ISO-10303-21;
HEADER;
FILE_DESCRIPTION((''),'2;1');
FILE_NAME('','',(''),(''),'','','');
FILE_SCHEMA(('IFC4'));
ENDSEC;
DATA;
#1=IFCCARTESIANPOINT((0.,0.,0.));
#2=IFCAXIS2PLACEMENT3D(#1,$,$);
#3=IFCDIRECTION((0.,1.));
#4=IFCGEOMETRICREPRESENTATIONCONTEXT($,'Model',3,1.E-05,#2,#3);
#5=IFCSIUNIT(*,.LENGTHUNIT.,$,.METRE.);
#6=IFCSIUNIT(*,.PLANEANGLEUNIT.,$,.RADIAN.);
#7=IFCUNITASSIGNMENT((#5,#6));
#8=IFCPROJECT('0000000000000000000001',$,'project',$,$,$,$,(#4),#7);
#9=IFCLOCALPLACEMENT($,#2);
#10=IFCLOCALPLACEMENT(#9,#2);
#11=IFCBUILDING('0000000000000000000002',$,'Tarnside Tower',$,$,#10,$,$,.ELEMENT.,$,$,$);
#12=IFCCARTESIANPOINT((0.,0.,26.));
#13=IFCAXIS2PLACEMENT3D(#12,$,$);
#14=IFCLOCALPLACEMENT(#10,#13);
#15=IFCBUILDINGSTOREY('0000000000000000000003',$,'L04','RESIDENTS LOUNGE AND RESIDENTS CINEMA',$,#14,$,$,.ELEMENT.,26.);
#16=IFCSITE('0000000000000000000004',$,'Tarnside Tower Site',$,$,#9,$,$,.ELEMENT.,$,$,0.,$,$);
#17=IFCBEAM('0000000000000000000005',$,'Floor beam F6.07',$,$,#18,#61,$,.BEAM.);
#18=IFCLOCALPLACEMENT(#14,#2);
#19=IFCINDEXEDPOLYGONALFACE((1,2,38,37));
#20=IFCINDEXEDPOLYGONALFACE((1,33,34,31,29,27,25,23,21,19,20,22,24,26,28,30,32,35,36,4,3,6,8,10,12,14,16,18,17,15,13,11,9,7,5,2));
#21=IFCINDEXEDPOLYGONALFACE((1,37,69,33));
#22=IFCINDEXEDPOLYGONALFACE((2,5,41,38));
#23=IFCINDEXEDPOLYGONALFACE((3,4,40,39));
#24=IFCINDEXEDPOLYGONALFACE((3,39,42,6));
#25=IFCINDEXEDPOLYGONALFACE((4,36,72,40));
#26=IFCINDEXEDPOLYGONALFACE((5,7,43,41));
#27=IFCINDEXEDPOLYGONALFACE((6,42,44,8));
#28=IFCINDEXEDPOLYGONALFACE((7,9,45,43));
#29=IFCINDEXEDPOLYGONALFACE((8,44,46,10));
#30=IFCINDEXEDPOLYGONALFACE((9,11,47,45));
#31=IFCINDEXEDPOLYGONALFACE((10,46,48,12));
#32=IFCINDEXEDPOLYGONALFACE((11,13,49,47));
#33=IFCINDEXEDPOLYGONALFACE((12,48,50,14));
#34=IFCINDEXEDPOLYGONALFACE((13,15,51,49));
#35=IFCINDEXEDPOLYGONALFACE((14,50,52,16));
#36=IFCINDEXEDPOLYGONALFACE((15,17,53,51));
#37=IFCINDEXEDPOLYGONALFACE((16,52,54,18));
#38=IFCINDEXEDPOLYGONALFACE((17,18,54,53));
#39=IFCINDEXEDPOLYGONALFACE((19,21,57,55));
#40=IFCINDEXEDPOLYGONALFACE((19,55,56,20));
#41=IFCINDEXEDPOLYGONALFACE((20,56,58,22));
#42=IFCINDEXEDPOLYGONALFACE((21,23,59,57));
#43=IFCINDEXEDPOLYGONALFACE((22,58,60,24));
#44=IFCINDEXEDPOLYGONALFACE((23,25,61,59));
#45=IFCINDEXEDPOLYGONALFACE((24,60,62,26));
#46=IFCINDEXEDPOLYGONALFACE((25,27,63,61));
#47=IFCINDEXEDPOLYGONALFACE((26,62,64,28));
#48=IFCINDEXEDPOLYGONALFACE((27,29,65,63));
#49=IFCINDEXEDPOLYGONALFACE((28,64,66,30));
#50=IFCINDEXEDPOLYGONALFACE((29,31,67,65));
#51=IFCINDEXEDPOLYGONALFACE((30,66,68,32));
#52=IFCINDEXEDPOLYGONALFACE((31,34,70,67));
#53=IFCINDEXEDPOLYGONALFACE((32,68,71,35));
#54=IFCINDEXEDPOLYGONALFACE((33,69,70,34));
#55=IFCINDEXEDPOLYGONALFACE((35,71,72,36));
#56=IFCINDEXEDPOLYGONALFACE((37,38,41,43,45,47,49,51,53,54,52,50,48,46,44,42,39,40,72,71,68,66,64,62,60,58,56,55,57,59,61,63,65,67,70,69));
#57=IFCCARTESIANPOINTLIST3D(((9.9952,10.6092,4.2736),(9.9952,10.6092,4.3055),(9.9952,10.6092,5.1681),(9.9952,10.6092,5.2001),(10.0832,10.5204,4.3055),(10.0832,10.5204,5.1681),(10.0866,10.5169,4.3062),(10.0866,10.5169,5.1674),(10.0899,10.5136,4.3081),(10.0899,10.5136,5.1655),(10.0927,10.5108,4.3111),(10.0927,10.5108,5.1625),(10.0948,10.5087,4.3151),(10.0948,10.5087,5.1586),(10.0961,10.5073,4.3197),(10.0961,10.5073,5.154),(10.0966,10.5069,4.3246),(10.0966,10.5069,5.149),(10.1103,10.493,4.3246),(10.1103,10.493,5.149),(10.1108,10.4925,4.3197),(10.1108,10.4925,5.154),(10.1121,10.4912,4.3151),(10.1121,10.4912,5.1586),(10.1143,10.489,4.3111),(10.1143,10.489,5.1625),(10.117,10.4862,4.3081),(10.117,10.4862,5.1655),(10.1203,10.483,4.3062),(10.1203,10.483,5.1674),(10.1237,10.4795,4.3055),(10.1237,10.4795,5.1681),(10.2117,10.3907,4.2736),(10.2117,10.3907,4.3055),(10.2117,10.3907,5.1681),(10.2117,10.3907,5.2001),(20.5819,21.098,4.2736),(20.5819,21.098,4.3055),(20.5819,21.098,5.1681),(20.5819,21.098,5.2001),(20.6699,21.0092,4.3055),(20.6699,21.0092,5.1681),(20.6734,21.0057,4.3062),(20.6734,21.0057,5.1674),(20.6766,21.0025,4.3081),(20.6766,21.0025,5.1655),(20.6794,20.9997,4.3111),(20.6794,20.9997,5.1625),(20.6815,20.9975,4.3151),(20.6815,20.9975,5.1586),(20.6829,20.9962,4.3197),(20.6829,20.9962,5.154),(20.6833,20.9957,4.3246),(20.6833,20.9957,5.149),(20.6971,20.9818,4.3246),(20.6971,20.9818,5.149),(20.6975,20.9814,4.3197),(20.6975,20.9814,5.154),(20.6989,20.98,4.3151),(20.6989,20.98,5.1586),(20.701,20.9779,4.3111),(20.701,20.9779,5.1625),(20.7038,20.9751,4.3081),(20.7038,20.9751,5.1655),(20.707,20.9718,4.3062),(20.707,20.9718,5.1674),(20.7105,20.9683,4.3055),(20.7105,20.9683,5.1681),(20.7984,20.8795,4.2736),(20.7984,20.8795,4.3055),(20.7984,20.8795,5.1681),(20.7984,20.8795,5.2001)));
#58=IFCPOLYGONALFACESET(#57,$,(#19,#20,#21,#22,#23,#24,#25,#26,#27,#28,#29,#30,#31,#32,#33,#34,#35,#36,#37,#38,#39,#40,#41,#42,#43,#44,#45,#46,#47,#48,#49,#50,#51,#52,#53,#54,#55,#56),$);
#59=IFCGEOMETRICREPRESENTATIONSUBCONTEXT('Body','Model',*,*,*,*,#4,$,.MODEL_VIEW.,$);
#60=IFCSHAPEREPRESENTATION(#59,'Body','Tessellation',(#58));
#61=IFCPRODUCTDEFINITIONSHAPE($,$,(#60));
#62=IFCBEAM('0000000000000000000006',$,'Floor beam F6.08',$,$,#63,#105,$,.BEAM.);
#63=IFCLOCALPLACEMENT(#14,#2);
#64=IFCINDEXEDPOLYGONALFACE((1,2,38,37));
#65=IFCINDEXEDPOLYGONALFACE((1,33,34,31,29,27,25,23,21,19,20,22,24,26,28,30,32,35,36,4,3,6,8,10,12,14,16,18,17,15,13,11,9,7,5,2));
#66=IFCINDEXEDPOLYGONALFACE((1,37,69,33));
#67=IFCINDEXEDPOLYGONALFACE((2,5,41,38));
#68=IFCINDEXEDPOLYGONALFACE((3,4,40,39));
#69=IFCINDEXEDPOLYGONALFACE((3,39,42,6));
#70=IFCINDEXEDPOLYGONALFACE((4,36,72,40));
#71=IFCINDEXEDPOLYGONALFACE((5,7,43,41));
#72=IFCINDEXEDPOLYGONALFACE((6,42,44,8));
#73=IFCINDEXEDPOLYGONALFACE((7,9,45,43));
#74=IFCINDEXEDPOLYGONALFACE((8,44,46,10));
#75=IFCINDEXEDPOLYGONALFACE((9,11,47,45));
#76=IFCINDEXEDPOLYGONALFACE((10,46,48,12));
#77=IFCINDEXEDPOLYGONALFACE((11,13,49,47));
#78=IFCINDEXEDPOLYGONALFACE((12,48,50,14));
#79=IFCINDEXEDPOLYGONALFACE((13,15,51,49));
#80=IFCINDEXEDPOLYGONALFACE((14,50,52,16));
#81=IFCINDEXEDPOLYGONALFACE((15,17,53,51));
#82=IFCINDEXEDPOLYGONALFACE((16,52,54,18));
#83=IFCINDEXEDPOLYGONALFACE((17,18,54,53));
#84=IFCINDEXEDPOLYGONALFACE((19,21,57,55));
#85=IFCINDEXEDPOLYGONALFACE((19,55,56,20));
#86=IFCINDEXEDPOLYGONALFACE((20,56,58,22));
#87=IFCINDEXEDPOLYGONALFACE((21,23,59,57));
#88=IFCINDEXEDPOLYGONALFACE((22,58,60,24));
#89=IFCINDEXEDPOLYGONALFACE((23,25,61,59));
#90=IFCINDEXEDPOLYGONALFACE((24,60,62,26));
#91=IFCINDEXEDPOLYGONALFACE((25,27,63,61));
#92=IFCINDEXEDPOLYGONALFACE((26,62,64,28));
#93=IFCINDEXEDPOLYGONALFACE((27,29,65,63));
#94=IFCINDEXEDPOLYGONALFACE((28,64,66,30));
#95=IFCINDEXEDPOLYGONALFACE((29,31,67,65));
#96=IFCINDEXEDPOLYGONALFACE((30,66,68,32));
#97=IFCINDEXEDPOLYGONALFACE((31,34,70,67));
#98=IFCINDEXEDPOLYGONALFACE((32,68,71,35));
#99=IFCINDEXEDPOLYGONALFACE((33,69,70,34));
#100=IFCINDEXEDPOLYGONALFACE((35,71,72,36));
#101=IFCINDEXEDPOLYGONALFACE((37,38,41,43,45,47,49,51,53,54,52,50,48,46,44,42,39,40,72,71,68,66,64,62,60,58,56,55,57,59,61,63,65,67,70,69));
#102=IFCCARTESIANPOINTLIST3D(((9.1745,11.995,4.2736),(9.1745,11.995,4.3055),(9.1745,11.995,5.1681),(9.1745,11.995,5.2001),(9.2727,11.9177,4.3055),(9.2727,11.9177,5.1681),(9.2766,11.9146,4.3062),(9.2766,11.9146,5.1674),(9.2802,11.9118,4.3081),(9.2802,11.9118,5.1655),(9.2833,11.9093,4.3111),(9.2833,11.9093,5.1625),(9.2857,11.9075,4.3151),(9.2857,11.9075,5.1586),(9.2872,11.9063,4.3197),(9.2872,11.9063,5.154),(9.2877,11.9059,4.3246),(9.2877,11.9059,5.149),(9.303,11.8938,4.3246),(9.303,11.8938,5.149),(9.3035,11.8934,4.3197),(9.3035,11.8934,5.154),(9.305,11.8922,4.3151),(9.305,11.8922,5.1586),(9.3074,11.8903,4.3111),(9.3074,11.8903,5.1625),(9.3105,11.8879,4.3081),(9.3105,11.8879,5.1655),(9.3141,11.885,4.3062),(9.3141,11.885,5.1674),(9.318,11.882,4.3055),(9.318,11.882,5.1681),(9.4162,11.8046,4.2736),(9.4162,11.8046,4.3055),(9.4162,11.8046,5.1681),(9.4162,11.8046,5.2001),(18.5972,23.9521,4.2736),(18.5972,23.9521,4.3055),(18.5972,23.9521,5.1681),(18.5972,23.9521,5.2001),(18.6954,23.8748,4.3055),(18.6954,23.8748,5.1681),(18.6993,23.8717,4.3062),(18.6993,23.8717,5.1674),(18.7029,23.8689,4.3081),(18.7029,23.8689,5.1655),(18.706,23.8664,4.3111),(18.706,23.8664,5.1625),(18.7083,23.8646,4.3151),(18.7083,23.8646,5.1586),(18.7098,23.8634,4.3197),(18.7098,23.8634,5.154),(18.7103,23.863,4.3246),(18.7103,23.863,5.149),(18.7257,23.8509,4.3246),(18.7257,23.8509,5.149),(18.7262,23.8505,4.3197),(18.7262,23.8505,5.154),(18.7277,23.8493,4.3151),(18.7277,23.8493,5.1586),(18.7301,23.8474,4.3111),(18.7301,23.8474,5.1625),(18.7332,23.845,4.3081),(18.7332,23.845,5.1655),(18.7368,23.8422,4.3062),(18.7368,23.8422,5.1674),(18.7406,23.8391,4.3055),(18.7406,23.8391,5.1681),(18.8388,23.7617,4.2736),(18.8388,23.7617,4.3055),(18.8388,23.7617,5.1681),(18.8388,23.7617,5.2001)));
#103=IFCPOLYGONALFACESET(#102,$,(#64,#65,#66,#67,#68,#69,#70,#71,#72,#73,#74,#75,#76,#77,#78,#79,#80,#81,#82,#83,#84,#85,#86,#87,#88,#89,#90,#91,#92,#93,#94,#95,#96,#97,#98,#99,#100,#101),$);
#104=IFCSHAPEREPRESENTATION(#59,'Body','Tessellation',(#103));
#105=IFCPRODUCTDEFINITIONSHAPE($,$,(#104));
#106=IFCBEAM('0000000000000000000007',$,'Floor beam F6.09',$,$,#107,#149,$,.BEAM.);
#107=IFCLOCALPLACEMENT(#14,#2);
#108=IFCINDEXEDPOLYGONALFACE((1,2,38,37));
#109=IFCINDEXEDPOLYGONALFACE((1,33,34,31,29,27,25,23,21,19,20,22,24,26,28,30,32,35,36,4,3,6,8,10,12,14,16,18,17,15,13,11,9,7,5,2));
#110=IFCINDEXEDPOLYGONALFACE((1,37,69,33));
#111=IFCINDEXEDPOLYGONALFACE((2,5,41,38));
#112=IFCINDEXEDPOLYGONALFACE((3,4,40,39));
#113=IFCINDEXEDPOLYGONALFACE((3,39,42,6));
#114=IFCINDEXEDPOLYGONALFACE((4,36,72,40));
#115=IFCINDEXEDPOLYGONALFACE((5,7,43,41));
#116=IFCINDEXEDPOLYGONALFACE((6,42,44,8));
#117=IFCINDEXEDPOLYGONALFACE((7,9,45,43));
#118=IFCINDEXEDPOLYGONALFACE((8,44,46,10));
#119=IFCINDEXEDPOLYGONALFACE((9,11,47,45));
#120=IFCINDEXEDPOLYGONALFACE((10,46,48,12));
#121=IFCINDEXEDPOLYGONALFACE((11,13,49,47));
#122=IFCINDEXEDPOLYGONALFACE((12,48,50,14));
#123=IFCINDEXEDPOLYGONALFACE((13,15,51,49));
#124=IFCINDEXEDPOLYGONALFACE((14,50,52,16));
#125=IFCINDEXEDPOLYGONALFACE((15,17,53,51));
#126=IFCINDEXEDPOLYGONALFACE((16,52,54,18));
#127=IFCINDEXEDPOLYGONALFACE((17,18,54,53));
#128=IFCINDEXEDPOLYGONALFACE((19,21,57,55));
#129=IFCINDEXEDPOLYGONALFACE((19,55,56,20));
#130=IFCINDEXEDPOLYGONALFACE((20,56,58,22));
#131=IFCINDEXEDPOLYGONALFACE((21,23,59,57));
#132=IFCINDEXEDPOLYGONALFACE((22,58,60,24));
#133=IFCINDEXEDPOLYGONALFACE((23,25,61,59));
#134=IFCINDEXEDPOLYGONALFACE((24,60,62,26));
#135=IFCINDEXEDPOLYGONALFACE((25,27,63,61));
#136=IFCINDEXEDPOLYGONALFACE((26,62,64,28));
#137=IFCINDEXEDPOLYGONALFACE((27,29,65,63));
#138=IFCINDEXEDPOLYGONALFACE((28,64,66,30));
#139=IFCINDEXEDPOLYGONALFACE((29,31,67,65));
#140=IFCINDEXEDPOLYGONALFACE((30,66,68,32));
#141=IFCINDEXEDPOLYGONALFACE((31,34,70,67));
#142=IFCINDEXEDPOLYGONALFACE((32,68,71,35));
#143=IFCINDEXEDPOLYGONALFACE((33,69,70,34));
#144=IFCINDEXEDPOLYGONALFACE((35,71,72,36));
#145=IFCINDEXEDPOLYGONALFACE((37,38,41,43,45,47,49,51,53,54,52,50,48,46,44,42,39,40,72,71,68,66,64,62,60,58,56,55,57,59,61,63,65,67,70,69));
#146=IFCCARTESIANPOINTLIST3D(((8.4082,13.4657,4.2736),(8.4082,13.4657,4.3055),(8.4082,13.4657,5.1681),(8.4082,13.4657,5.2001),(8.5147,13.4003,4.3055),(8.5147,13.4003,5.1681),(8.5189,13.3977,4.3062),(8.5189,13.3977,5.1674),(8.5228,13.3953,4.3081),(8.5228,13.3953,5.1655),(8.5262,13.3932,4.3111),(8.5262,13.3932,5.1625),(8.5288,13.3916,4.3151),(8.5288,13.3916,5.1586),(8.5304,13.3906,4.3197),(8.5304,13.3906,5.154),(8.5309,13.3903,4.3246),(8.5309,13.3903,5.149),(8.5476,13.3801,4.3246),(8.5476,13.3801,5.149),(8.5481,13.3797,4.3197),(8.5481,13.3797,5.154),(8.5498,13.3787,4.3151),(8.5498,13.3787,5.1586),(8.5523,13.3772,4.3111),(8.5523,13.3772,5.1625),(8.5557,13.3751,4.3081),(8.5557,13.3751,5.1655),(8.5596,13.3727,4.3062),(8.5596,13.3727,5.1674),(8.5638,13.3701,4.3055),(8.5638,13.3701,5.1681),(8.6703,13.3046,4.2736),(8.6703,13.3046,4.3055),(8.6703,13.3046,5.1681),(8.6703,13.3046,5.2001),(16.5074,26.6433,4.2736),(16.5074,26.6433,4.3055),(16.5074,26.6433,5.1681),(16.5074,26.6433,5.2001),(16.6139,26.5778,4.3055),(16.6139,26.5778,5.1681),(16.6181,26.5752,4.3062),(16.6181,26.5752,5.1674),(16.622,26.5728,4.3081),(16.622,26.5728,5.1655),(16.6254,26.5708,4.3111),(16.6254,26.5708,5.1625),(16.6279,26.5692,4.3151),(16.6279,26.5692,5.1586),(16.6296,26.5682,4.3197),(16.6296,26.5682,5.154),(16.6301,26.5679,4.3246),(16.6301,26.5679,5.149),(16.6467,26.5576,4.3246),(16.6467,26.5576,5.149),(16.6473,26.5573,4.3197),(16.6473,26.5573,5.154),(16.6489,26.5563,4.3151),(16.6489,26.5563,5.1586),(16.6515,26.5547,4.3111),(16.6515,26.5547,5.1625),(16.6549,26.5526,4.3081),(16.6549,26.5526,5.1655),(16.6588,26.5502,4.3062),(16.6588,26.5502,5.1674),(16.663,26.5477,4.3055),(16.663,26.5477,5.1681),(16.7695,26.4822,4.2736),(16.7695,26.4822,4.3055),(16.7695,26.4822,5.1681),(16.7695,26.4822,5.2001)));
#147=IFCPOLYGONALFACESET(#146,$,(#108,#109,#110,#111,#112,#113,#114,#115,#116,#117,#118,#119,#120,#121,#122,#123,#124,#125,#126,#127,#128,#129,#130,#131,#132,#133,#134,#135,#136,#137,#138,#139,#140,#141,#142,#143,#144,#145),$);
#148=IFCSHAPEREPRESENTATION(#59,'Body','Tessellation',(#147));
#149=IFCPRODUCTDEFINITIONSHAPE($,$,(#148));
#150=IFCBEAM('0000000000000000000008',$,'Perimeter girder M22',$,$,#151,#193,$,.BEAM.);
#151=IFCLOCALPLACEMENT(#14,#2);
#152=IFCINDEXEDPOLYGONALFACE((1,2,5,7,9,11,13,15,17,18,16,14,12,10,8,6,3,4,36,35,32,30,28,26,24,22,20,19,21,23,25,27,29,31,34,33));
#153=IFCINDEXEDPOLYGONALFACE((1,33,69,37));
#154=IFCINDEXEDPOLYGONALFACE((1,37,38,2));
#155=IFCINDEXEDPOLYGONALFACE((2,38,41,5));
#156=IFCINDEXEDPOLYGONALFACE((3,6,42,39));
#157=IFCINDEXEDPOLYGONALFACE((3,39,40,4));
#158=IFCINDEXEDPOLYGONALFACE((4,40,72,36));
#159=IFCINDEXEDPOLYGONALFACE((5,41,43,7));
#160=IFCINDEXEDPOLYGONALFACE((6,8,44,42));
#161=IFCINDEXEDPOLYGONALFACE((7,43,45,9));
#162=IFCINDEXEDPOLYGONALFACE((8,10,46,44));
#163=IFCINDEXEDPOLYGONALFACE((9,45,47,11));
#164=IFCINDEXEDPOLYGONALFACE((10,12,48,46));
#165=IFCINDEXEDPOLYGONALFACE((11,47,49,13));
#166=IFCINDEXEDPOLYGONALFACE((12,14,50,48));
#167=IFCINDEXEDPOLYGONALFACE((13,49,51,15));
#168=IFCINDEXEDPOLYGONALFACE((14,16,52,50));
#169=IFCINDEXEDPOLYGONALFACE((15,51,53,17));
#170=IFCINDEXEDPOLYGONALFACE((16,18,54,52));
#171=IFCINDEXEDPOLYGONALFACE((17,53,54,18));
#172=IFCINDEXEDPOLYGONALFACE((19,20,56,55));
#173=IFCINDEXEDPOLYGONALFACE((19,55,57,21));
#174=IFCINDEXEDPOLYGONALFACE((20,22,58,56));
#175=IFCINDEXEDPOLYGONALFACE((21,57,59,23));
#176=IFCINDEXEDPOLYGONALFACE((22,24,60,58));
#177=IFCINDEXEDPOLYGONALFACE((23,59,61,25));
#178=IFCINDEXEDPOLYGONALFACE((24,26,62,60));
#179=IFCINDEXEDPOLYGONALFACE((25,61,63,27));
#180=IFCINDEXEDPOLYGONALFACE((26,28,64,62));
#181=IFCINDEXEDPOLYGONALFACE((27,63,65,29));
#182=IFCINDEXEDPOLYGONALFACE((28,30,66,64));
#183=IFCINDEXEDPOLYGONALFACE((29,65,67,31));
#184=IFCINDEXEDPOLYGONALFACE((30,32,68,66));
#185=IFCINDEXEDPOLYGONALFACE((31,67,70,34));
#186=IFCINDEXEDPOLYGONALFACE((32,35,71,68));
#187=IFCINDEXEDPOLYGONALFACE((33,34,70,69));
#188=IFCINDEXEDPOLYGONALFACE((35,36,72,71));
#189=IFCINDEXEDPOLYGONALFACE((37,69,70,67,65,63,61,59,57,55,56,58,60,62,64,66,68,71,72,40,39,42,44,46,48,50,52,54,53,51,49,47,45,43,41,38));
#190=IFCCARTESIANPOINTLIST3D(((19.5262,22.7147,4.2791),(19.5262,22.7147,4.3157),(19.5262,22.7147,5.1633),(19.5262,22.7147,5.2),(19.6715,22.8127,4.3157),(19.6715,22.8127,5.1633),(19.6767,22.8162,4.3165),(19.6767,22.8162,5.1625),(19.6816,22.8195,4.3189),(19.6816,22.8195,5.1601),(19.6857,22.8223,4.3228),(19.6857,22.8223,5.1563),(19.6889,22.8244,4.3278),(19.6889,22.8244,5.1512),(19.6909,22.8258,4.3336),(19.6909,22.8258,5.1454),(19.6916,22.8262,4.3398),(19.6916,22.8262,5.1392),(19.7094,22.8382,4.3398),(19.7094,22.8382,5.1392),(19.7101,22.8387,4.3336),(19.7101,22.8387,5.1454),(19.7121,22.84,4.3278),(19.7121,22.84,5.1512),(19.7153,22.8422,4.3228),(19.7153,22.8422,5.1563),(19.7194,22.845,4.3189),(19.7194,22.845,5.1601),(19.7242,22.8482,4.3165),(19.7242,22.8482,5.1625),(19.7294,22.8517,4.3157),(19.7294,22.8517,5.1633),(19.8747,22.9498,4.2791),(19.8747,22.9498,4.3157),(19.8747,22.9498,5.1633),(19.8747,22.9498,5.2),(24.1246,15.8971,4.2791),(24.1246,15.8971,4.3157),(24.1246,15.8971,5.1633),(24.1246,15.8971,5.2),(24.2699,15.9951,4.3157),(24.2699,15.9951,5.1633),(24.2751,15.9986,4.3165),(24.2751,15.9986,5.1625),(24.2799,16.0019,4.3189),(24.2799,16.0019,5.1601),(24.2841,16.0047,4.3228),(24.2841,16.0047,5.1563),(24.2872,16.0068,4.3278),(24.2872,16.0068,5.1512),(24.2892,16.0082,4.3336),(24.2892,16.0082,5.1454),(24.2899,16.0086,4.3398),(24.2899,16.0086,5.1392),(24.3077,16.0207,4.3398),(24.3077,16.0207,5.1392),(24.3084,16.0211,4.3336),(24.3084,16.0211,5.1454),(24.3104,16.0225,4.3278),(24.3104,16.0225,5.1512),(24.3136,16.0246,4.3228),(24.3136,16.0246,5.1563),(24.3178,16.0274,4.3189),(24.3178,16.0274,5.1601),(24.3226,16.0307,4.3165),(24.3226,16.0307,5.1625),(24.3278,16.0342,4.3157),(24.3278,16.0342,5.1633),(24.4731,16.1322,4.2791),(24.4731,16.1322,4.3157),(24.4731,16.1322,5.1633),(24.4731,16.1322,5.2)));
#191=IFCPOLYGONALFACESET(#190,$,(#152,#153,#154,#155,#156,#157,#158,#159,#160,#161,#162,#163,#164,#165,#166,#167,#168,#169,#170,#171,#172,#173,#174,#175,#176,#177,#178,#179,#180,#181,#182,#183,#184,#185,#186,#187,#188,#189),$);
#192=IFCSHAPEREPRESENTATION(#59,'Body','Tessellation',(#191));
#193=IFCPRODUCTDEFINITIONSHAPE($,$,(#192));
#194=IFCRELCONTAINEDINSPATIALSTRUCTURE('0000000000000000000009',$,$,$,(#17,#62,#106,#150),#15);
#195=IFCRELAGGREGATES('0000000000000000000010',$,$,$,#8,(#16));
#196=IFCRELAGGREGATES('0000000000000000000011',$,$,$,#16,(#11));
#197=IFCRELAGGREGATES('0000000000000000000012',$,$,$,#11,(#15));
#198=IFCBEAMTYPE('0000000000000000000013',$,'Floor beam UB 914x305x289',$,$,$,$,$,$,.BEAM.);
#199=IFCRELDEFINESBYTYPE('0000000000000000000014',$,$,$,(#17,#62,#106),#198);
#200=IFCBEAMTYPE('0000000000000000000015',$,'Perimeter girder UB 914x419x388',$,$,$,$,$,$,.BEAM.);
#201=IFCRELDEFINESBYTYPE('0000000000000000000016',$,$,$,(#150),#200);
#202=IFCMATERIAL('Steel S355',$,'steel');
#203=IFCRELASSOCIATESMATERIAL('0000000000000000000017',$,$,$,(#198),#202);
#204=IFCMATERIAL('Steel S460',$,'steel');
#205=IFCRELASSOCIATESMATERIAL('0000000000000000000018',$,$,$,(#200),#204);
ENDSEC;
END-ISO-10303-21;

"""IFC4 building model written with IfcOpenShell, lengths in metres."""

from ifc_helpers import new_model, si_unit, direction, frame, origin, origin_2d, place, context, subcontext, project, spatial, i_section, extrude, material, material_profile, profile_set, type_object, element, save


model = new_model("IFC4")

# Units and contexts
model_context = context("Model", 3, precision=1e-05, world=origin(), true_north=direction((0.0, 1.0)))
body_context = subcontext(model_context, "Body", "Model", "MODEL_VIEW")
ifc_project = project(units=[si_unit("LENGTHUNIT", "METRE"), si_unit("PLANEANGLEUNIT", "RADIAN")], contexts=[model_context])

# Site, building, storey
site_placement = place(None, origin())
site = spatial("IfcSite", under=ifc_project, at=site_placement, Name="Tarnside Tower Site", CompositionType="ELEMENT", RefElevation=0.0)
building_placement = place(site_placement, origin())
building = spatial("IfcBuilding", under=site, at=building_placement, Name="Tarnside Tower", CompositionType="ELEMENT")
storey_placement = place(building_placement, frame((0.0, 0.0, 26.0)))
storey = spatial("IfcBuildingStorey", under=building, at=storey_placement, Name="L04", Description="RESIDENTS LOUNGE AND RESIDENTS CINEMA", CompositionType="ELEMENT", Elevation=26.0)

# Beams
ifc_material_1 = material(Name="Steel S355", Category="steel")
ifc_material_profile_1 = material_profile(ifc_material_1, i_section(OverallWidth=0.3076, OverallDepth=0.9265, WebThickness=0.0195, FlangeThickness=0.032, FilletRadius=0.019, at=origin_2d()), Name="UB 914x305x289")
ifc_profile_set_1 = profile_set([ifc_material_profile_1], Name="Steel S355")
beam_type_1 = type_object("IfcBeamType", Name="Floor beam UB 914x305x289", PredefinedType="BEAM", material=ifc_profile_set_1)
beam_1_placement = place(storey_placement, frame((20.6902, 20.9888, 4.7368), z_axis=(-0.710384, -0.703815, 0.0), x_axis=(0.703815, -0.710384, 0.0)))
element("IfcBeam", 1, at=beam_1_placement, inside=storey, type_object=beam_type_1, Name="Floor beam F6.07", PredefinedType="BEAM", context=body_context, shape_type="SweptSolid", body=[
    extrude(i_section(OverallWidth=0.3076, OverallDepth=0.9265, WebThickness=0.0195, FlangeThickness=0.032, FilletRadius=0.019, at=origin_2d()), origin(), (0.0, 0.0, 1.0), 14.9028),
])
beam_2_placement = place(storey_placement, frame((18.718, 23.8569, 4.7368), z_axis=(-0.61895, -0.78543, 0.0), x_axis=(0.78543, -0.61895, 0.0)))
element("IfcBeam", 2, at=beam_2_placement, inside=storey, type_object=beam_type_1, Name="Floor beam F6.08", PredefinedType="BEAM", context=body_context, shape_type="SweptSolid", body=[
    extrude(i_section(OverallWidth=0.3076, OverallDepth=0.9265, WebThickness=0.0195, FlangeThickness=0.032, FilletRadius=0.019, at=origin_2d()), origin(), (0.0, 0.0, 1.0), 15.2236),
])
beam_3_placement = place(storey_placement, frame((16.6384, 26.5627, 4.7368), z_axis=(-0.523624, -0.85195, 0.0), x_axis=(0.85195, -0.523624, 0.0)))
element("IfcBeam", 3, at=beam_3_placement, inside=storey, type_object=beam_type_1, Name="Floor beam F6.09", PredefinedType="BEAM", context=body_context, shape_type="SweptSolid", body=[
    extrude(i_section(OverallWidth=0.3076, OverallDepth=0.9265, WebThickness=0.0195, FlangeThickness=0.032, FilletRadius=0.019, at=origin_2d()), origin(), (0.0, 0.0, 1.0), 15.4675),
])
ifc_material_2 = material(Name="Steel S460", Category="steel")
ifc_material_profile_2 = material_profile(ifc_material_2, i_section(OverallWidth=0.4204, OverallDepth=0.9209, WebThickness=0.0215, FlangeThickness=0.0366, FilletRadius=0.0242, at=origin_2d()), Name="UB 914x419x388")
ifc_profile_set_2 = profile_set([ifc_material_profile_2], Name="Steel S460")
beam_type_2 = type_object("IfcBeamType", Name="Perimeter girder UB 914x419x388", PredefinedType="BEAM", material=ifc_profile_set_2)
beam_4_placement = place(storey_placement, frame((24.2988, 16.0146, 4.7395), z_axis=(-0.55918, 0.829047, 0.0), x_axis=(-0.829047, -0.55918, 0.0)))
element("IfcBeam", 4, at=beam_4_placement, inside=storey, type_object=beam_type_2, Name="Perimeter girder M22", PredefinedType="BEAM", context=body_context, shape_type="SweptSolid", body=[
    extrude(i_section(OverallWidth=0.4204, OverallDepth=0.9209, WebThickness=0.0215, FlangeThickness=0.0366, FilletRadius=0.0242, at=origin_2d()), origin(), (0.0, 0.0, 1.0), 8.2234),
])

save(model, "model.ifc")
